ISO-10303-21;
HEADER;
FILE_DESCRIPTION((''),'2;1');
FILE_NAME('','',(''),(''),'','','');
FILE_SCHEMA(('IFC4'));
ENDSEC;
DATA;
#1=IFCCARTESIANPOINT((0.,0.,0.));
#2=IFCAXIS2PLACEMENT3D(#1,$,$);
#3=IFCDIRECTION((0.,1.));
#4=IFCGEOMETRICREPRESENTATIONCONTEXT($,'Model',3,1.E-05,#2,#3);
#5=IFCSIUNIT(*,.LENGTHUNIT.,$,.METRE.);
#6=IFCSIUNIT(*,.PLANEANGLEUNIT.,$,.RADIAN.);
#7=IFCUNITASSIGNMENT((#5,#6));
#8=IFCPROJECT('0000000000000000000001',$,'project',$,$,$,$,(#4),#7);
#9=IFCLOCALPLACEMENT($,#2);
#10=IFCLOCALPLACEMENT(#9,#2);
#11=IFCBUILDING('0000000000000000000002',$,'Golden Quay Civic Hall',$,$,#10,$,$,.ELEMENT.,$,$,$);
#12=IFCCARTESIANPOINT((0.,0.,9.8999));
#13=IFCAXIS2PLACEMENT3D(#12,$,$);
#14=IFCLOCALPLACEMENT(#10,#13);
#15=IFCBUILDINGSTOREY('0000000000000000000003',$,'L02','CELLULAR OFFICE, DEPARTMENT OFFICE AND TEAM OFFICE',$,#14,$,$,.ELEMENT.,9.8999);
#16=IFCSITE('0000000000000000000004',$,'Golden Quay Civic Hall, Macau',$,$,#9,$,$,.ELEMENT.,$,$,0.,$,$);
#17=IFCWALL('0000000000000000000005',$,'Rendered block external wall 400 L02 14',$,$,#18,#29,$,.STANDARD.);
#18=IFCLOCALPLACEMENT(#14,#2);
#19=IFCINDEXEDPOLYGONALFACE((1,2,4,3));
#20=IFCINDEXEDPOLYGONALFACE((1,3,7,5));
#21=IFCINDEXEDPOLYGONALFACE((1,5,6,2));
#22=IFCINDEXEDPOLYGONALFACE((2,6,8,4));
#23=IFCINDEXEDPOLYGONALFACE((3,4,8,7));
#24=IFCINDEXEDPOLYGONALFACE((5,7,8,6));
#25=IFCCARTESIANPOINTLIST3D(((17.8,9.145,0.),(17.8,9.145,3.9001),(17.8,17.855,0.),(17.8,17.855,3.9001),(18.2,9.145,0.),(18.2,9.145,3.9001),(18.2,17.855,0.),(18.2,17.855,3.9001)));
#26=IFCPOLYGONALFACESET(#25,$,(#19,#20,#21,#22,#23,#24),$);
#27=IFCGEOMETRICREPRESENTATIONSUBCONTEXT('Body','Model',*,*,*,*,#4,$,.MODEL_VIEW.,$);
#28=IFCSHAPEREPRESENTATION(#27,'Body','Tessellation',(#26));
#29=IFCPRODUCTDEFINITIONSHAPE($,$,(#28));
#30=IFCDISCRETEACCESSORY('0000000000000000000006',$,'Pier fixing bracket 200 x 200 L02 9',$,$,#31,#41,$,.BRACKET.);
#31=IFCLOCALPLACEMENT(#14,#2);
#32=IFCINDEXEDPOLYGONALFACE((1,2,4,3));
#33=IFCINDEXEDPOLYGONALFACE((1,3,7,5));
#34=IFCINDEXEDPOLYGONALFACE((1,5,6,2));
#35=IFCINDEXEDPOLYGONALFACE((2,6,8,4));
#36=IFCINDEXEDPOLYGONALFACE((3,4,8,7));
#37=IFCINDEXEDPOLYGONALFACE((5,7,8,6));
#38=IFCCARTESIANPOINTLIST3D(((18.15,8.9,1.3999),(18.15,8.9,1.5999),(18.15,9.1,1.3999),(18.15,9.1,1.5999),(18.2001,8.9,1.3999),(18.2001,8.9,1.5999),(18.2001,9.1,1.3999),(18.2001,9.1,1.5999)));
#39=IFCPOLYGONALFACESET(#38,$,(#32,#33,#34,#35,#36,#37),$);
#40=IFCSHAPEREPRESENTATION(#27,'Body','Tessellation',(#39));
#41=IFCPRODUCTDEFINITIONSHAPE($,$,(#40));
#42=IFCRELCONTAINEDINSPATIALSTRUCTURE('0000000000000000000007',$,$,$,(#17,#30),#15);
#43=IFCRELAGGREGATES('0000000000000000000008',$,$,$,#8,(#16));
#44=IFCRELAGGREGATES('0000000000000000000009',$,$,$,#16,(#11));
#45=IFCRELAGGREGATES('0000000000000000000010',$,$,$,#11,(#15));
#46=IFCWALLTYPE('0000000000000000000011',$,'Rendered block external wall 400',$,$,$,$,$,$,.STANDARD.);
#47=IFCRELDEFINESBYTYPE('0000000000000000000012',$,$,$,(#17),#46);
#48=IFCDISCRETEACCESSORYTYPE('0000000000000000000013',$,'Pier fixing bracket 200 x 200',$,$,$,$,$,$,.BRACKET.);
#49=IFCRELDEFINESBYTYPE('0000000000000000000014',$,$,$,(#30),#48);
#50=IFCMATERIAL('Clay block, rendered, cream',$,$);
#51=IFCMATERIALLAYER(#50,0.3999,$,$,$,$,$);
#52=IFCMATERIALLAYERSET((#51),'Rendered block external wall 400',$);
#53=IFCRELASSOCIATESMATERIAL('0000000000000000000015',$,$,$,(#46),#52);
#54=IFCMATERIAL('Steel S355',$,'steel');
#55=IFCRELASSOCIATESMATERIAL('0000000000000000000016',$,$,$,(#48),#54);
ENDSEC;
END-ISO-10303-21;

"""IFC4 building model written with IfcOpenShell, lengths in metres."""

from ifc_helpers import new_model, si_unit, direction, frame, frame_2d, origin, origin_2d, place, context, subcontext, project, spatial, rectangle, extrude, material, layer, layer_set, type_object, element, save


model = new_model("IFC4")

# Units and contexts
model_context = context("Model", 3, precision=1e-05, world=origin(), true_north=direction((0.0, 1.0)))
body_context = subcontext(model_context, "Body", "Model", "MODEL_VIEW")
ifc_project = project(units=[si_unit("LENGTHUNIT", "METRE"), si_unit("PLANEANGLEUNIT", "RADIAN")], contexts=[model_context])

# Site, building, storey
site_placement = place(None, origin())
site = spatial("IfcSite", under=ifc_project, at=site_placement, Name="Golden Quay Civic Hall, Macau", CompositionType="ELEMENT", RefElevation=0.0)
building_placement = place(site_placement, origin())
building = spatial("IfcBuilding", under=site, at=building_placement, Name="Golden Quay Civic Hall", CompositionType="ELEMENT")
storey_placement = place(building_placement, frame((0.0, 0.0, 9.8999)))
storey = spatial("IfcBuildingStorey", under=building, at=storey_placement, Name="L02", Description="CELLULAR OFFICE, DEPARTMENT OFFICE AND TEAM OFFICE", CompositionType="ELEMENT", Elevation=9.8999)

# Shared definitions
ifc_material_1 = material(Name="Clay block, rendered, cream")
ifc_layer_1 = layer(ifc_material_1, 0.3999)
ifc_layer_set_1 = layer_set([ifc_layer_1], Name="Rendered block external wall 400")
wall_type = type_object("IfcWallType", Name="Rendered block external wall 400", PredefinedType="STANDARD", material=ifc_layer_set_1)

# Wall
wall_1_placement = place(storey_placement, frame((18.0, 17.855, 0.0), z_axis=(0.0, 0.0, 1.0), x_axis=(0.0, -1.0, 0.0)))
element("IfcWall", 1, at=wall_1_placement, inside=storey, type_object=wall_type, Name="Rendered block external wall 400 L02 14", PredefinedType="STANDARD", context=body_context, shape_type="SweptSolid", body=[
    extrude(rectangle(XDim=8.71, YDim=0.3999, at=frame_2d((4.355, 0.0))), origin(), (0.0, 0.0, 1.0), 3.9001),
])

# Discrete accessory
ifc_material_2 = material(Name="Steel S355", Category="steel")
discrete_accessory_type = type_object("IfcDiscreteAccessoryType", Name="Pier fixing bracket 200 x 200", PredefinedType="BRACKET", material=ifc_material_2)
discrete_accessory_placement = place(storey_placement, frame((18.175, 9.0, 1.3999), z_axis=(0.0, 0.0, 1.0), x_axis=(0.0, 1.0, 0.0)))
element("IfcDiscreteAccessory", 2, at=discrete_accessory_placement, inside=storey, type_object=discrete_accessory_type, Name="Pier fixing bracket 200 x 200 L02 9", PredefinedType="BRACKET", context=body_context, shape_type="SweptSolid", body=[
    extrude(rectangle(XDim=0.2, YDim=0.05, at=origin_2d()), origin(), (0.0, 0.0, 1.0), 0.2),
])

save(model, "model.ifc")
